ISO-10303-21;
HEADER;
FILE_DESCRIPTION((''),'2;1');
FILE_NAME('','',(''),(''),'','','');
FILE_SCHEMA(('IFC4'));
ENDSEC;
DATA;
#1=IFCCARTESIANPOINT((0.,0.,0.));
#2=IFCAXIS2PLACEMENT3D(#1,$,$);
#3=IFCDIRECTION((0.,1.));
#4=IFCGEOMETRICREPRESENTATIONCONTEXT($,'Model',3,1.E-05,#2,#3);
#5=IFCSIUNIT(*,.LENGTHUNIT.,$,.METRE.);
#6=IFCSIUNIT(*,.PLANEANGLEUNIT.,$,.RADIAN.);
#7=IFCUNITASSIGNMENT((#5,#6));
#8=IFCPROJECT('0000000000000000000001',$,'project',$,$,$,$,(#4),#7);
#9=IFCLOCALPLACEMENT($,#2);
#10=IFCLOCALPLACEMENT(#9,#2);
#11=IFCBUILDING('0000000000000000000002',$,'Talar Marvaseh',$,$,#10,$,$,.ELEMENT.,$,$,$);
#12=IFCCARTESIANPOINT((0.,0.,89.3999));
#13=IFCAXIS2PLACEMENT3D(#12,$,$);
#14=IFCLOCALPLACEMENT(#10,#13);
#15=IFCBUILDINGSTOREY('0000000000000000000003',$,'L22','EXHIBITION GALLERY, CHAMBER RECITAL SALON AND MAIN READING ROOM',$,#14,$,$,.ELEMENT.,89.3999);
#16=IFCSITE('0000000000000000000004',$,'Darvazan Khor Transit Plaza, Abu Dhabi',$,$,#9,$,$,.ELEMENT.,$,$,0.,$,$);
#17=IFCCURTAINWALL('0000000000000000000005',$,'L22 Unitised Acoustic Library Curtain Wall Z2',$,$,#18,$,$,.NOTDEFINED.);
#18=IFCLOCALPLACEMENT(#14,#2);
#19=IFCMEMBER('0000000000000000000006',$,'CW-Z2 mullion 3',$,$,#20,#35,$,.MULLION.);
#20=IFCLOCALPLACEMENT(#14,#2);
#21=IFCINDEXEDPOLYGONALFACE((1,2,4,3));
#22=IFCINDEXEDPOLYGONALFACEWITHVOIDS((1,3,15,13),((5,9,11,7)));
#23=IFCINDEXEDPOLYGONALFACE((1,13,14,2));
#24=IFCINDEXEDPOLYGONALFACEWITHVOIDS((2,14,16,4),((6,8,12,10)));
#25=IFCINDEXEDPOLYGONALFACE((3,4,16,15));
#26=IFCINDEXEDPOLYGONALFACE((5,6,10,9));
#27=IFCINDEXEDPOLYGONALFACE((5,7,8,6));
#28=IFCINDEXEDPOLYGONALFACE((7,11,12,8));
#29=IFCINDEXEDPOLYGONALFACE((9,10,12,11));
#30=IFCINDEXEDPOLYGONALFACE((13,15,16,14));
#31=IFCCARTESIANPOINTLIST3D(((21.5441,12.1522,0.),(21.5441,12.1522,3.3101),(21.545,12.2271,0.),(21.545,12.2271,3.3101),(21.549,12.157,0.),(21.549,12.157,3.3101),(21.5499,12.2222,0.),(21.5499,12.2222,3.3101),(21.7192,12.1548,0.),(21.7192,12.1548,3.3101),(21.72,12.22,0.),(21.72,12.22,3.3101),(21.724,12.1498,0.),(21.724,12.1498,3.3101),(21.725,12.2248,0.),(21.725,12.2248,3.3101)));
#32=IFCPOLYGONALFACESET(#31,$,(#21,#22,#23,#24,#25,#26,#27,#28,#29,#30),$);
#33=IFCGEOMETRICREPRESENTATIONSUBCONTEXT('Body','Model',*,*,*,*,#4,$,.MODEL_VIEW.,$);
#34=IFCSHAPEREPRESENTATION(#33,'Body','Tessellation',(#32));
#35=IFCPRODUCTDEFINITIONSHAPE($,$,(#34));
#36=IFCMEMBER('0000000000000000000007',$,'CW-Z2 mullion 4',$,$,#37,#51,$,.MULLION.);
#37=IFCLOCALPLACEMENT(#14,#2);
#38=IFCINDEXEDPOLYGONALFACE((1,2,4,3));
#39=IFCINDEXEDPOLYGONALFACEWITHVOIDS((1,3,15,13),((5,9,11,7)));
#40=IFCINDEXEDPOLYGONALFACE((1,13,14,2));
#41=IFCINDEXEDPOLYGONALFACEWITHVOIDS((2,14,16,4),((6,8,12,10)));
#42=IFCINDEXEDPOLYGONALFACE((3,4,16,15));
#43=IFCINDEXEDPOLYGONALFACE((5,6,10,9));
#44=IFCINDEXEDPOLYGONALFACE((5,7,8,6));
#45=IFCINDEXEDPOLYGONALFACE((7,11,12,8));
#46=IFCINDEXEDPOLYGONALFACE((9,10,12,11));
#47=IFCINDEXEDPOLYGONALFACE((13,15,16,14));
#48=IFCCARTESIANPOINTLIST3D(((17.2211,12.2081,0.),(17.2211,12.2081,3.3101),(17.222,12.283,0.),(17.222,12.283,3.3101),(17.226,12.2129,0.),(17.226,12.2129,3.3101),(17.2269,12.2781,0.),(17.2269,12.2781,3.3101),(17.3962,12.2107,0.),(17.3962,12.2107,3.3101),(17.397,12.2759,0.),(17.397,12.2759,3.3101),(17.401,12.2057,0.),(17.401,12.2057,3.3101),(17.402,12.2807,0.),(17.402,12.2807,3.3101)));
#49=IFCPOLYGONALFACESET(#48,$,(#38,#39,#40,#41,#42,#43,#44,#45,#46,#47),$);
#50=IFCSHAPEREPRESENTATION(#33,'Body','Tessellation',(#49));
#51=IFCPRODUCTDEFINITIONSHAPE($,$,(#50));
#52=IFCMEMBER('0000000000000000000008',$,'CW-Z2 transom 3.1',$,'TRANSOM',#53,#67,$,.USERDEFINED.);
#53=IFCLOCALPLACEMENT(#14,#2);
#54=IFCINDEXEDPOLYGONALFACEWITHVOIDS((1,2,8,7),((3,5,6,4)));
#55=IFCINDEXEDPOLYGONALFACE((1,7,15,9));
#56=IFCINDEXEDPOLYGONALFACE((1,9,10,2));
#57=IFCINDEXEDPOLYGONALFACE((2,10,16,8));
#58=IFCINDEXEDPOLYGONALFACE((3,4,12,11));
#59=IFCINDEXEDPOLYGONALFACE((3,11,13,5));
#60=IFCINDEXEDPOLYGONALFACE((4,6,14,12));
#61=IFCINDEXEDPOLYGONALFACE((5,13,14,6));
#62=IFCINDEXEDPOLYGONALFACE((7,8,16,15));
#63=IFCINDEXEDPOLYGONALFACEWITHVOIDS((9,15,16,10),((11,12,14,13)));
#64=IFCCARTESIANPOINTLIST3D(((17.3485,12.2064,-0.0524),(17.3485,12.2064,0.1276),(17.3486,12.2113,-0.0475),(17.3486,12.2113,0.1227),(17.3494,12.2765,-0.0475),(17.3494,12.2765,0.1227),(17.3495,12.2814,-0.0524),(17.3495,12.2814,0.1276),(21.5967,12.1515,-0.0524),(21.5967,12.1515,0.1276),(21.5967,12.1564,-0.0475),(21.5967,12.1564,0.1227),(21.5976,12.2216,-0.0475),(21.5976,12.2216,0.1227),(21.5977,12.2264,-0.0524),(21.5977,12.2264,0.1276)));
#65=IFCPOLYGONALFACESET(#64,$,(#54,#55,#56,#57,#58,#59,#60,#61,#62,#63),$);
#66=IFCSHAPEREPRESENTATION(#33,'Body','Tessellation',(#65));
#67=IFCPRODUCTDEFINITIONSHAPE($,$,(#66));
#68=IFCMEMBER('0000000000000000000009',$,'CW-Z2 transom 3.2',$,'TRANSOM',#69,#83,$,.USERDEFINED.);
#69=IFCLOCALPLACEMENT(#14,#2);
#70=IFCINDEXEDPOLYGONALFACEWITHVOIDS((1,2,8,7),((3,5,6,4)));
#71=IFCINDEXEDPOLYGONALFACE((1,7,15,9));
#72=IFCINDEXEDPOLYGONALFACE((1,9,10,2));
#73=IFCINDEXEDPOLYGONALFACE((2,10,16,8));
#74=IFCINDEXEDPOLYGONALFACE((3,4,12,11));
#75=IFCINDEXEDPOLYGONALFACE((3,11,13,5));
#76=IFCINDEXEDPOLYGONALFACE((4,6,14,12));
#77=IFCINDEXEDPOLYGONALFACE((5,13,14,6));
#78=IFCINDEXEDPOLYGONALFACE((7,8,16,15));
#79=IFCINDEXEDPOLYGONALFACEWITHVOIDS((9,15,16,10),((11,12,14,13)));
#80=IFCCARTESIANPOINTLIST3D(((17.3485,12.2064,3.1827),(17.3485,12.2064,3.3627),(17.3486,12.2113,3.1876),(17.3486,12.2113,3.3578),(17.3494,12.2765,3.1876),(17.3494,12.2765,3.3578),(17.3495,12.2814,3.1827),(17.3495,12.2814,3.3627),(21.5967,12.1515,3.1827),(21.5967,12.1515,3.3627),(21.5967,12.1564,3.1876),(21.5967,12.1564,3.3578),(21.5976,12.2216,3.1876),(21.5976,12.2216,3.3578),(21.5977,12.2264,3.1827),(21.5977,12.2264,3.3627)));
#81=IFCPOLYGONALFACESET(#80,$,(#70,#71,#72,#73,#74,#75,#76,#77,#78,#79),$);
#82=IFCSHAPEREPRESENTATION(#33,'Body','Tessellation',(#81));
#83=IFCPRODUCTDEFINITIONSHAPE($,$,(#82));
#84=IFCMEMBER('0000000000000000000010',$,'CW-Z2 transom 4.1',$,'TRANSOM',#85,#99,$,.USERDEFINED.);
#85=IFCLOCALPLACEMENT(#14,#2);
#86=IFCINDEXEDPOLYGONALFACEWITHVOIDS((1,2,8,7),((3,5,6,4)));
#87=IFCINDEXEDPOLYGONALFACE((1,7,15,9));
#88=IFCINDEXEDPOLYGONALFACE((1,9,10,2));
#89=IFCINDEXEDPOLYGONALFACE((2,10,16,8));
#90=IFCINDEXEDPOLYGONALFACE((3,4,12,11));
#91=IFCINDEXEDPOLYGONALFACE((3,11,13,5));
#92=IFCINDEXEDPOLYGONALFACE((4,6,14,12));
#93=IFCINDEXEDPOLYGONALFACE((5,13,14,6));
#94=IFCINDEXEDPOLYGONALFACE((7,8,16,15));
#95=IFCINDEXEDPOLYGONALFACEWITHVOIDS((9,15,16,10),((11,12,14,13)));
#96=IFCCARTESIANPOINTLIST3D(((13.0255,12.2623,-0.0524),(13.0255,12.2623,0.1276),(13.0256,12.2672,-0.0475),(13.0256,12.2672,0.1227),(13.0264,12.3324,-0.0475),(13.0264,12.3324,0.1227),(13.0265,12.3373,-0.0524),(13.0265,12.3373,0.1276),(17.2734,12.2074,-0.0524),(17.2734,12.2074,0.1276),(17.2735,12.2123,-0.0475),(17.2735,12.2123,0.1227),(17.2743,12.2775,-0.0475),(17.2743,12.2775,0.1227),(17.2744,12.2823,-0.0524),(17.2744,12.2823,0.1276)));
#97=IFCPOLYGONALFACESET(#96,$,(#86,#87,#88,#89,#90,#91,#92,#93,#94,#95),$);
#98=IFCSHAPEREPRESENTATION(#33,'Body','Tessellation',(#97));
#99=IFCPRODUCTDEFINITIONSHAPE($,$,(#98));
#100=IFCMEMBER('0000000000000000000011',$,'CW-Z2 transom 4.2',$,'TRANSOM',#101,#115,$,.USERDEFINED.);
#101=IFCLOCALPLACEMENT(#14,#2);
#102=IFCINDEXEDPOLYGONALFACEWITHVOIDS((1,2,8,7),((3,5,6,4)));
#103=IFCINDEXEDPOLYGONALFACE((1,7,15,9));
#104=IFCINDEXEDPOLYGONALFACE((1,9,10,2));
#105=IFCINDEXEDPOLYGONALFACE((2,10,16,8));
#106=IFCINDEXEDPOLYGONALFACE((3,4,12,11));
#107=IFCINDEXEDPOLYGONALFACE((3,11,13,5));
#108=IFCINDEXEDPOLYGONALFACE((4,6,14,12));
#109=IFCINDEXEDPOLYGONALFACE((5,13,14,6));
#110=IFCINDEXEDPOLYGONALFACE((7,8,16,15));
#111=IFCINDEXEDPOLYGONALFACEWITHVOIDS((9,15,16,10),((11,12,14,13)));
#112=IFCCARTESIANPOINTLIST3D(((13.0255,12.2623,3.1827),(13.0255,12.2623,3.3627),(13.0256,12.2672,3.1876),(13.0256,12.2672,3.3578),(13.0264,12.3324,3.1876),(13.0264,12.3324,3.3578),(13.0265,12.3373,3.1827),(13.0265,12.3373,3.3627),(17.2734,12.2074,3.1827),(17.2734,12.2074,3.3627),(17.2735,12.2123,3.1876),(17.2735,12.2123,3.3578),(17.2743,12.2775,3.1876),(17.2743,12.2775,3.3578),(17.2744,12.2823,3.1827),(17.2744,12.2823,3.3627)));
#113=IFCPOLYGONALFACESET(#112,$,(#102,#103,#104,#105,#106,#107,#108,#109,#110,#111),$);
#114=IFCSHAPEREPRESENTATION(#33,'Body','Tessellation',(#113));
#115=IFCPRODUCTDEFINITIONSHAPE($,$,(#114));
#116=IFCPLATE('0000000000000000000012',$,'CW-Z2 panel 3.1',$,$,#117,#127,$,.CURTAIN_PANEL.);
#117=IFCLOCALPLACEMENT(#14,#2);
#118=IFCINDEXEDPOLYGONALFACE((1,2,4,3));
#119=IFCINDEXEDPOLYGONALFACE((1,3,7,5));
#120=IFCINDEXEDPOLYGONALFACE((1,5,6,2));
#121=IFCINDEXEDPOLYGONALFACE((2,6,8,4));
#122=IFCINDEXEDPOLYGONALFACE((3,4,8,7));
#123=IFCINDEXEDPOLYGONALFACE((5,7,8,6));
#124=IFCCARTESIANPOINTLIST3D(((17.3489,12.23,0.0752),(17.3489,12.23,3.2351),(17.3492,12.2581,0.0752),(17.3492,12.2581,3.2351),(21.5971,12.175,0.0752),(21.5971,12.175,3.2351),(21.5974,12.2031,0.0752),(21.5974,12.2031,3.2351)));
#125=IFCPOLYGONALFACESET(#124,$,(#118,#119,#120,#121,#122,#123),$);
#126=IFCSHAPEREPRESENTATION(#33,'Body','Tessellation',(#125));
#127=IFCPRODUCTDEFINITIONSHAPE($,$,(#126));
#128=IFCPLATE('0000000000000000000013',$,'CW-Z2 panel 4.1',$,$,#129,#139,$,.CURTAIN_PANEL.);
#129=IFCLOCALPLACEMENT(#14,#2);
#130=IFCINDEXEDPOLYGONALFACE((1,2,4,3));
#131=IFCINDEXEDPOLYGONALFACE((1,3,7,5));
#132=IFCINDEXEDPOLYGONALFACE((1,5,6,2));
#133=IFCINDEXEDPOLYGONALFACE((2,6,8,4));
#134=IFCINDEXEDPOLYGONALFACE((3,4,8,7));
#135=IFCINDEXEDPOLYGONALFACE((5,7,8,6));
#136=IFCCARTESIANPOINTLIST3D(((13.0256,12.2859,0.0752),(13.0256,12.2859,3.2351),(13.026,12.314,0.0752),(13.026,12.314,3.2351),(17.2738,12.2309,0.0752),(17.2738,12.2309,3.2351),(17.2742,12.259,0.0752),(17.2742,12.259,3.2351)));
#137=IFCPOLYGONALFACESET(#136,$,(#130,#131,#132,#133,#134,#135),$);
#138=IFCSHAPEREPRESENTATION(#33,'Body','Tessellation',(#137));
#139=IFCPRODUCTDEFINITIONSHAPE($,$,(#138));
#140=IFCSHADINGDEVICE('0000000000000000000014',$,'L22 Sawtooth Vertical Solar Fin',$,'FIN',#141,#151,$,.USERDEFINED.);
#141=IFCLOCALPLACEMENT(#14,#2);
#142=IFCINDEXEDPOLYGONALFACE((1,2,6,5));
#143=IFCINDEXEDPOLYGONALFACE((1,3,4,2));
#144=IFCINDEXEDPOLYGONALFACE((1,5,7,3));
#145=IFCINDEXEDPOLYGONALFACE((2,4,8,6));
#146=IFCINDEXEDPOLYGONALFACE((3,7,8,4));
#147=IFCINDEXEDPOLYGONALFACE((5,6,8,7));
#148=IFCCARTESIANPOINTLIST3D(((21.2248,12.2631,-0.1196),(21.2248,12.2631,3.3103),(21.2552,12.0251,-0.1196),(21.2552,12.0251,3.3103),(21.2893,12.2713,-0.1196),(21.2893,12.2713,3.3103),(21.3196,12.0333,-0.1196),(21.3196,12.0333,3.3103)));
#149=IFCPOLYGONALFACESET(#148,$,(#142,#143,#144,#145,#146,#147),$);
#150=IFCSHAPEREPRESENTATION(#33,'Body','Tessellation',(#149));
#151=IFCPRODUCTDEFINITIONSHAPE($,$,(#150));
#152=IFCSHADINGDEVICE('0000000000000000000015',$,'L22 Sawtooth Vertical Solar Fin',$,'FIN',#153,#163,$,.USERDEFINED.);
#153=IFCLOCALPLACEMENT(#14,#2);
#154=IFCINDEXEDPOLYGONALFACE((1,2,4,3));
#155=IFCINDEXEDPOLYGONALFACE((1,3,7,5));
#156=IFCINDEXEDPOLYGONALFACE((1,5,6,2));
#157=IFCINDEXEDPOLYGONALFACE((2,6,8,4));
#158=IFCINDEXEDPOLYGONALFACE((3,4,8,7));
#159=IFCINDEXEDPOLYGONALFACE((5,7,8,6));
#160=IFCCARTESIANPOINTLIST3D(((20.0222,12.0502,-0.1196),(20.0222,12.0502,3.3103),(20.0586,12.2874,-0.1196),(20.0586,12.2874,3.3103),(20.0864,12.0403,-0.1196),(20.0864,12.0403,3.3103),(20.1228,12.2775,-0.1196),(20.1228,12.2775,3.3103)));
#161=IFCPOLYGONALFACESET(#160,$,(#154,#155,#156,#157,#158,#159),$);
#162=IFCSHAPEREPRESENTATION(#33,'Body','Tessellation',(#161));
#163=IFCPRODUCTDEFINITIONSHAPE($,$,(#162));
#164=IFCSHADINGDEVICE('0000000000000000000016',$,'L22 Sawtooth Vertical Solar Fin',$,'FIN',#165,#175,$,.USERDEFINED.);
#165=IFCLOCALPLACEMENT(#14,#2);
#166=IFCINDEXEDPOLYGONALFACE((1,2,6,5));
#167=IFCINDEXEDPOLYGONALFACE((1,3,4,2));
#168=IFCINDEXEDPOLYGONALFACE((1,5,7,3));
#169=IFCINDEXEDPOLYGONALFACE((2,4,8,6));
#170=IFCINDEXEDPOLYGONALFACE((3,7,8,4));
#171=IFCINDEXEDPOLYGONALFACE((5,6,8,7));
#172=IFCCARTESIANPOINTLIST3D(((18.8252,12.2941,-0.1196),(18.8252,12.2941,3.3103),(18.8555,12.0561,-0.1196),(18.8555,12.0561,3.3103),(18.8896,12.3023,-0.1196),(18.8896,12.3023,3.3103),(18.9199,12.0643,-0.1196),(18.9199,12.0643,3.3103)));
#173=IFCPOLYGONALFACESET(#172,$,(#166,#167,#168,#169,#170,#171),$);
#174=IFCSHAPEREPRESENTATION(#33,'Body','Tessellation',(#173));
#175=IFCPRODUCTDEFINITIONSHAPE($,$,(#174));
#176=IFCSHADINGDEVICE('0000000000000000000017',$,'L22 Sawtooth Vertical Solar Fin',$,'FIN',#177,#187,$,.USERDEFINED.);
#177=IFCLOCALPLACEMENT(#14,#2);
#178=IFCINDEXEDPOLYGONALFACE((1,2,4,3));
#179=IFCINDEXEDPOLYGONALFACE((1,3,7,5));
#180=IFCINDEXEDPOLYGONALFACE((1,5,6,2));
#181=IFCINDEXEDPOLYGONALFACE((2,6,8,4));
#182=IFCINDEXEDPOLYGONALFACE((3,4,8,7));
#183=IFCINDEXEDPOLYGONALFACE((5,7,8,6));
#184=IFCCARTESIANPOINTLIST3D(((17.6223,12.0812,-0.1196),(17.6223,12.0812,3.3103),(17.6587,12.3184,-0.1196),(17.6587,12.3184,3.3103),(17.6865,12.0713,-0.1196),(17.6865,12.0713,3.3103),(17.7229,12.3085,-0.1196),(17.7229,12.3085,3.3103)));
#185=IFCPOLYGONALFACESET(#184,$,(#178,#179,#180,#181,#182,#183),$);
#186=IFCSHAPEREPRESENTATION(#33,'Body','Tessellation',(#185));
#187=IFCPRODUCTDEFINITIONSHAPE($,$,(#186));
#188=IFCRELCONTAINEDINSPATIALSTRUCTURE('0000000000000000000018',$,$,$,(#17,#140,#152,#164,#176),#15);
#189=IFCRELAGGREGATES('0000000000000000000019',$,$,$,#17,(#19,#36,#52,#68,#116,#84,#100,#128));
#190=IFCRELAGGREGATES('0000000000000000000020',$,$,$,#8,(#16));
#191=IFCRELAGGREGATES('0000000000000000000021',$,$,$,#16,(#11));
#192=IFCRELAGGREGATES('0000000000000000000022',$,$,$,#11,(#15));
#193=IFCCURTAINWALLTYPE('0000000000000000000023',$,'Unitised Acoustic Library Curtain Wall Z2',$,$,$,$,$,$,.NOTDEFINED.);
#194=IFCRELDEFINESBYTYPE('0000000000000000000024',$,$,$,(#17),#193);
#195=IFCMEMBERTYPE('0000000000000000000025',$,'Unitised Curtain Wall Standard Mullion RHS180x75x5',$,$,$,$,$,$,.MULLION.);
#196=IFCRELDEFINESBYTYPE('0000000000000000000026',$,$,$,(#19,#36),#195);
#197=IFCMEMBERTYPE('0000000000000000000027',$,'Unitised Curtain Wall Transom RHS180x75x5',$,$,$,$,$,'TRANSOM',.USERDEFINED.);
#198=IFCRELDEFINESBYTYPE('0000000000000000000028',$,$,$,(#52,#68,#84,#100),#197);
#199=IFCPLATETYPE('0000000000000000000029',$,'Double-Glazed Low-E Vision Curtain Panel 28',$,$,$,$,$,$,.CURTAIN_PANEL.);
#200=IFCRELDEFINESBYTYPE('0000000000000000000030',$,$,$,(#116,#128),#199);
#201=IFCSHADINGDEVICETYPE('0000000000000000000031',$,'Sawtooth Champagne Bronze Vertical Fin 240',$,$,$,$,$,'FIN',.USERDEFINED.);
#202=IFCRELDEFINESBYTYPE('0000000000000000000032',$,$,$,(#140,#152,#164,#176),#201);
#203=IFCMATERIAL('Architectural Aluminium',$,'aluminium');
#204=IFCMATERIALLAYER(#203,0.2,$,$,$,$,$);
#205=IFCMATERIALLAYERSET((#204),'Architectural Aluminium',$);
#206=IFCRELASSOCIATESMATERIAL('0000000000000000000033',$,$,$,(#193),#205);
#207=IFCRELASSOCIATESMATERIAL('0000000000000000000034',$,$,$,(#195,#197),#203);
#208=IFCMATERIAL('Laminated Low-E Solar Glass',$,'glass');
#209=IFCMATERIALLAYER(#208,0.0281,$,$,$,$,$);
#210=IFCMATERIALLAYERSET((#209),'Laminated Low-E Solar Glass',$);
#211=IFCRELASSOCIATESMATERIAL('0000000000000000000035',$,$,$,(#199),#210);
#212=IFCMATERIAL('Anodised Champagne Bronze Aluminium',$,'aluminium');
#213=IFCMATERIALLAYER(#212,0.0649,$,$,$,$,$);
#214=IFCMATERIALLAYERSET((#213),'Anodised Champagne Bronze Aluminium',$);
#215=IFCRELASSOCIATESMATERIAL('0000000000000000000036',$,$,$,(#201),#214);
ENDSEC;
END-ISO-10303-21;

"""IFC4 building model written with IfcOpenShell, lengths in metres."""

from ifc_helpers import new_model, si_unit, direction, frame, origin, origin_2d, place, context, subcontext, project, spatial, rectangle, hollow_rectangle, extrude, source, transform, mapped, material, layer, layer_set, material_profile, profile_set, type_object, type_shapes, element, aggregate, save


model = new_model("IFC4")

# Units and contexts
model_context = context("Model", 3, precision=1e-05, world=origin(), true_north=direction((0.0, 1.0)))
body_context = subcontext(model_context, "Body", "Model", "MODEL_VIEW")
ifc_project = project(units=[si_unit("LENGTHUNIT", "METRE"), si_unit("PLANEANGLEUNIT", "RADIAN")], contexts=[model_context])

# Site, building, storey
site_placement = place(None, origin())
site = spatial("IfcSite", under=ifc_project, at=site_placement, Name="Darvazan Khor Transit Plaza, Abu Dhabi", CompositionType="ELEMENT", RefElevation=0.0)
building_placement = place(site_placement, origin())
building = spatial("IfcBuilding", under=site, at=building_placement, Name="Talar Marvaseh", CompositionType="ELEMENT")
storey_placement = place(building_placement, frame((0.0, 0.0, 89.3999)))
storey = spatial("IfcBuildingStorey", under=building, at=storey_placement, Name="L22", Description="EXHIBITION GALLERY, CHAMBER RECITAL SALON AND MAIN READING ROOM", CompositionType="ELEMENT", Elevation=89.3999)

# Curtain wall, members, plates
ifc_material_1 = material(Name="Architectural Aluminium", Category="aluminium")
ifc_layer_1 = layer(ifc_material_1, 0.2)
ifc_layer_set_1 = layer_set([ifc_layer_1], Name="Architectural Aluminium")
curtain_wall_type = type_object("IfcCurtainWallType", Name="Unitised Acoustic Library Curtain Wall Z2", PredefinedType="NOTDEFINED", material=ifc_layer_set_1)
curtain_wall_placement = place(storey_placement, origin())
curtain_wall = element("IfcCurtainWall", 1, at=curtain_wall_placement, inside=storey, type_object=curtain_wall_type, Name="L22 Unitised Acoustic Library Curtain Wall Z2", PredefinedType="NOTDEFINED")
ifc_material_profile_1 = material_profile(ifc_material_1, hollow_rectangle(XDim=0.075, YDim=0.1799, WallThickness=0.0049, at=origin_2d()), Name="RHS180x75x5")
ifc_profile_set_1 = profile_set([ifc_material_profile_1], Name="Architectural Aluminium")
member_type_1 = type_object("IfcMemberType", Name="Unitised Curtain Wall Standard Mullion RHS180x75x5", PredefinedType="MULLION", material=ifc_profile_set_1)
shared_shape_1 = source(origin(), body_context, "Body", "SweptSolid", [
    extrude(hollow_rectangle(XDim=0.075, YDim=0.1799, WallThickness=0.0049, at=origin_2d()), origin(), (0.0, 0.0, 1.0), 3.3101),
])
type_shapes(member_type_1, [shared_shape_1])
member_1_placement = place(storey_placement, frame((21.6345, 12.1885, 0.0), z_axis=(0.0, 0.0, 1.0), x_axis=(-0.012934, -0.999916, 0.0)))
member_1 = element("IfcMember", 2, at=member_1_placement, type_object=member_type_1, Name="CW-Z2 mullion 3", PredefinedType="MULLION", context=body_context, shape_type="MappedRepresentation", body=[
    mapped(shared_shape_1, transform((0.0, 0.0, 0.0), x_axis=(1.0, 0.0, 0.0), y_axis=(0.0, 1.0, 0.0), z_axis=(0.0, 0.0, 1.0), scale=1.0)),
])
member_2_placement = place(storey_placement, frame((17.3115, 12.2444, 0.0), z_axis=(0.0, 0.0, 1.0), x_axis=(-0.012934, -0.999916, 0.0)))
member_2 = element("IfcMember", 3, at=member_2_placement, type_object=member_type_1, Name="CW-Z2 mullion 4", PredefinedType="MULLION", context=body_context, shape_type="MappedRepresentation", body=[
    mapped(shared_shape_1, transform((0.0, 0.0, 0.0), x_axis=(1.0, 0.0, 0.0), y_axis=(0.0, 1.0, 0.0), z_axis=(0.0, 0.0, 1.0), scale=1.0)),
])
ifc_material_profile_2 = material_profile(ifc_material_1, hollow_rectangle(XDim=0.075, YDim=0.1799, WallThickness=0.0049, at=origin_2d()), Name="RHS180x75x5")
ifc_profile_set_2 = profile_set([ifc_material_profile_2], Name="Architectural Aluminium")
member_type_2 = type_object("IfcMemberType", Name="Unitised Curtain Wall Transom RHS180x75x5", ElementType="TRANSOM", PredefinedType="USERDEFINED", material=ifc_profile_set_2)
shared_shape_2 = source(origin(), body_context, "Body", "SweptSolid", [
    extrude(hollow_rectangle(XDim=0.075, YDim=0.1799, WallThickness=0.0049, at=origin_2d()), origin(), (0.0, 0.0, 1.0), 4.2485),
])
member_3_placement = place(storey_placement, frame((21.5972, 12.189, 0.0376), z_axis=(-0.999916, 0.012929, 0.0), x_axis=(-0.012929, -0.999916, 0.0)))
member_3 = element("IfcMember", 4, at=member_3_placement, type_object=member_type_2, Name="CW-Z2 transom 3.1", ObjectType="TRANSOM", PredefinedType="USERDEFINED", context=body_context, shape_type="MappedRepresentation", body=[
    mapped(shared_shape_2, transform((0.0, 0.0, 0.0), x_axis=(1.0, 0.0, 0.0), y_axis=(0.0, 1.0, 0.0), z_axis=(0.0, 0.0, 1.0), scale=1.0)),
])
member_4_placement = place(storey_placement, frame((21.5972, 12.189, 3.2727), z_axis=(-0.999916, 0.012929, 0.0), x_axis=(-0.012929, -0.999916, 0.0)))
member_4 = element("IfcMember", 5, at=member_4_placement, type_object=member_type_2, Name="CW-Z2 transom 3.2", ObjectType="TRANSOM", PredefinedType="USERDEFINED", context=body_context, shape_type="MappedRepresentation", body=[
    mapped(shared_shape_2, transform((0.0, 0.0, 0.0), x_axis=(1.0, 0.0, 0.0), y_axis=(0.0, 1.0, 0.0), z_axis=(0.0, 0.0, 1.0), scale=1.0)),
])
shared_shape_3 = source(origin(), body_context, "Body", "SweptSolid", [
    extrude(hollow_rectangle(XDim=0.075, YDim=0.1799, WallThickness=0.0049, at=origin_2d()), origin(), (0.0, 0.0, 1.0), 4.2483),
])
type_shapes(member_type_2, [shared_shape_2, shared_shape_3])
member_5_placement = place(storey_placement, frame((17.2739, 12.2449, 0.0376), z_axis=(-0.999916, 0.01293, 0.0), x_axis=(-0.01293, -0.999916, 0.0)))
member_5 = element("IfcMember", 6, at=member_5_placement, type_object=member_type_2, Name="CW-Z2 transom 4.1", ObjectType="TRANSOM", PredefinedType="USERDEFINED", context=body_context, shape_type="MappedRepresentation", body=[
    mapped(shared_shape_3, transform((0.0, 0.0, 0.0), x_axis=(1.0, 0.0, 0.0), y_axis=(0.0, 1.0, 0.0), z_axis=(0.0, 0.0, 1.0), scale=1.0)),
])
member_6_placement = place(storey_placement, frame((17.2739, 12.2449, 3.2727), z_axis=(-0.999916, 0.01293, 0.0), x_axis=(-0.01293, -0.999916, 0.0)))
member_6 = element("IfcMember", 7, at=member_6_placement, type_object=member_type_2, Name="CW-Z2 transom 4.2", ObjectType="TRANSOM", PredefinedType="USERDEFINED", context=body_context, shape_type="MappedRepresentation", body=[
    mapped(shared_shape_3, transform((0.0, 0.0, 0.0), x_axis=(1.0, 0.0, 0.0), y_axis=(0.0, 1.0, 0.0), z_axis=(0.0, 0.0, 1.0), scale=1.0)),
])
ifc_material_2 = material(Name="Laminated Low-E Solar Glass", Category="glass")
ifc_layer_2 = layer(ifc_material_2, 0.0281)
ifc_layer_set_2 = layer_set([ifc_layer_2], Name="Laminated Low-E Solar Glass")
plate_type = type_object("IfcPlateType", Name="Double-Glazed Low-E Vision Curtain Panel 28", PredefinedType="CURTAIN_PANEL", material=ifc_layer_set_2)
shared_shape_4 = source(origin(), body_context, "Body", "SweptSolid", [
    extrude(rectangle(XDim=4.2485, YDim=0.0281, at=origin_2d()), origin(), (0.0, 0.0, 1.0), 3.1599),
])
type_shapes(plate_type, [shared_shape_4])
plate_1_placement = place(storey_placement, frame((19.4731, 12.2166, 0.0752), z_axis=(0.0, 0.0, 1.0), x_axis=(-0.999916, 0.012934, 0.0)))
plate_1 = element("IfcPlate", 8, at=plate_1_placement, type_object=plate_type, Name="CW-Z2 panel 3.1", PredefinedType="CURTAIN_PANEL", context=body_context, shape_type="MappedRepresentation", body=[
    mapped(shared_shape_4, transform((0.0, 0.0, 0.0), x_axis=(1.0, 0.0, 0.0), y_axis=(0.0, 1.0, 0.0), z_axis=(0.0, 0.0, 1.0), scale=1.0)),
])
plate_2_placement = place(storey_placement, frame((15.1499, 12.2725, 0.0752), z_axis=(0.0, 0.0, 1.0), x_axis=(-0.999916, 0.012934, 0.0)))
plate_2 = element("IfcPlate", 9, at=plate_2_placement, type_object=plate_type, Name="CW-Z2 panel 4.1", PredefinedType="CURTAIN_PANEL", context=body_context, shape_type="MappedRepresentation", body=[
    mapped(shared_shape_4, transform((0.0, 0.0, 0.0), x_axis=(1.0, 0.0, 0.0), y_axis=(0.0, 1.0, 0.0), z_axis=(0.0, 0.0, 1.0), scale=1.0)),
])
aggregate(curtain_wall, [member_1, member_2, member_3, member_4, plate_1, member_5, member_6, plate_2])

# Shading devices
ifc_material_3 = material(Name="Anodised Champagne Bronze Aluminium", Category="aluminium")
ifc_layer_3 = layer(ifc_material_3, 0.0649)
ifc_layer_set_3 = layer_set([ifc_layer_3], Name="Anodised Champagne Bronze Aluminium")
shading_device_type = type_object("IfcShadingDeviceType", Name="Sawtooth Champagne Bronze Vertical Fin 240", ElementType="FIN", PredefinedType="USERDEFINED", material=ifc_layer_set_3)
shared_shape_5 = source(origin(), body_context, "Body", "SweptSolid", [
    extrude(rectangle(XDim=0.24, YDim=0.0649, at=origin_2d()), origin(), (0.0, 0.0, 1.0), 3.4299),
])
type_shapes(shading_device_type, [shared_shape_5])
for number, where, z_axis, x_axis, name in (
    (10, (21.2722, 12.1482, -0.1196), (0.0, 0.0, 1.0), (0.126372, -0.991983, 0.0), "L22 Sawtooth Vertical Solar Fin"),
    (11, (20.0725, 12.1638, -0.1196), (0.0, 0.0, 1.0), (-0.151951, -0.988388, 0.0), "L22 Sawtooth Vertical Solar Fin"),
    (12, (18.8726, 12.1792, -0.1196), (0.0, 0.0, 1.0), (0.126372, -0.991983, 0.0), "L22 Sawtooth Vertical Solar Fin"),
    (13, (17.6726, 12.1948, -0.1196), (0.0, 0.0, 1.0), (-0.151951, -0.988388, 0.0), "L22 Sawtooth Vertical Solar Fin"),
):
    element("IfcShadingDevice", number, at=place(storey_placement, frame(where, z_axis=z_axis, x_axis=x_axis)), inside=storey, type_object=shading_device_type, Name=name, ObjectType="FIN", PredefinedType="USERDEFINED", context=body_context, shape_type="MappedRepresentation", body=[
        mapped(shared_shape_5, transform((0.0, 0.0, 0.0), x_axis=(1.0, 0.0, 0.0), y_axis=(0.0, 1.0, 0.0), z_axis=(0.0, 0.0, 1.0), scale=1.0)),
    ])

save(model, "model.ifc")
